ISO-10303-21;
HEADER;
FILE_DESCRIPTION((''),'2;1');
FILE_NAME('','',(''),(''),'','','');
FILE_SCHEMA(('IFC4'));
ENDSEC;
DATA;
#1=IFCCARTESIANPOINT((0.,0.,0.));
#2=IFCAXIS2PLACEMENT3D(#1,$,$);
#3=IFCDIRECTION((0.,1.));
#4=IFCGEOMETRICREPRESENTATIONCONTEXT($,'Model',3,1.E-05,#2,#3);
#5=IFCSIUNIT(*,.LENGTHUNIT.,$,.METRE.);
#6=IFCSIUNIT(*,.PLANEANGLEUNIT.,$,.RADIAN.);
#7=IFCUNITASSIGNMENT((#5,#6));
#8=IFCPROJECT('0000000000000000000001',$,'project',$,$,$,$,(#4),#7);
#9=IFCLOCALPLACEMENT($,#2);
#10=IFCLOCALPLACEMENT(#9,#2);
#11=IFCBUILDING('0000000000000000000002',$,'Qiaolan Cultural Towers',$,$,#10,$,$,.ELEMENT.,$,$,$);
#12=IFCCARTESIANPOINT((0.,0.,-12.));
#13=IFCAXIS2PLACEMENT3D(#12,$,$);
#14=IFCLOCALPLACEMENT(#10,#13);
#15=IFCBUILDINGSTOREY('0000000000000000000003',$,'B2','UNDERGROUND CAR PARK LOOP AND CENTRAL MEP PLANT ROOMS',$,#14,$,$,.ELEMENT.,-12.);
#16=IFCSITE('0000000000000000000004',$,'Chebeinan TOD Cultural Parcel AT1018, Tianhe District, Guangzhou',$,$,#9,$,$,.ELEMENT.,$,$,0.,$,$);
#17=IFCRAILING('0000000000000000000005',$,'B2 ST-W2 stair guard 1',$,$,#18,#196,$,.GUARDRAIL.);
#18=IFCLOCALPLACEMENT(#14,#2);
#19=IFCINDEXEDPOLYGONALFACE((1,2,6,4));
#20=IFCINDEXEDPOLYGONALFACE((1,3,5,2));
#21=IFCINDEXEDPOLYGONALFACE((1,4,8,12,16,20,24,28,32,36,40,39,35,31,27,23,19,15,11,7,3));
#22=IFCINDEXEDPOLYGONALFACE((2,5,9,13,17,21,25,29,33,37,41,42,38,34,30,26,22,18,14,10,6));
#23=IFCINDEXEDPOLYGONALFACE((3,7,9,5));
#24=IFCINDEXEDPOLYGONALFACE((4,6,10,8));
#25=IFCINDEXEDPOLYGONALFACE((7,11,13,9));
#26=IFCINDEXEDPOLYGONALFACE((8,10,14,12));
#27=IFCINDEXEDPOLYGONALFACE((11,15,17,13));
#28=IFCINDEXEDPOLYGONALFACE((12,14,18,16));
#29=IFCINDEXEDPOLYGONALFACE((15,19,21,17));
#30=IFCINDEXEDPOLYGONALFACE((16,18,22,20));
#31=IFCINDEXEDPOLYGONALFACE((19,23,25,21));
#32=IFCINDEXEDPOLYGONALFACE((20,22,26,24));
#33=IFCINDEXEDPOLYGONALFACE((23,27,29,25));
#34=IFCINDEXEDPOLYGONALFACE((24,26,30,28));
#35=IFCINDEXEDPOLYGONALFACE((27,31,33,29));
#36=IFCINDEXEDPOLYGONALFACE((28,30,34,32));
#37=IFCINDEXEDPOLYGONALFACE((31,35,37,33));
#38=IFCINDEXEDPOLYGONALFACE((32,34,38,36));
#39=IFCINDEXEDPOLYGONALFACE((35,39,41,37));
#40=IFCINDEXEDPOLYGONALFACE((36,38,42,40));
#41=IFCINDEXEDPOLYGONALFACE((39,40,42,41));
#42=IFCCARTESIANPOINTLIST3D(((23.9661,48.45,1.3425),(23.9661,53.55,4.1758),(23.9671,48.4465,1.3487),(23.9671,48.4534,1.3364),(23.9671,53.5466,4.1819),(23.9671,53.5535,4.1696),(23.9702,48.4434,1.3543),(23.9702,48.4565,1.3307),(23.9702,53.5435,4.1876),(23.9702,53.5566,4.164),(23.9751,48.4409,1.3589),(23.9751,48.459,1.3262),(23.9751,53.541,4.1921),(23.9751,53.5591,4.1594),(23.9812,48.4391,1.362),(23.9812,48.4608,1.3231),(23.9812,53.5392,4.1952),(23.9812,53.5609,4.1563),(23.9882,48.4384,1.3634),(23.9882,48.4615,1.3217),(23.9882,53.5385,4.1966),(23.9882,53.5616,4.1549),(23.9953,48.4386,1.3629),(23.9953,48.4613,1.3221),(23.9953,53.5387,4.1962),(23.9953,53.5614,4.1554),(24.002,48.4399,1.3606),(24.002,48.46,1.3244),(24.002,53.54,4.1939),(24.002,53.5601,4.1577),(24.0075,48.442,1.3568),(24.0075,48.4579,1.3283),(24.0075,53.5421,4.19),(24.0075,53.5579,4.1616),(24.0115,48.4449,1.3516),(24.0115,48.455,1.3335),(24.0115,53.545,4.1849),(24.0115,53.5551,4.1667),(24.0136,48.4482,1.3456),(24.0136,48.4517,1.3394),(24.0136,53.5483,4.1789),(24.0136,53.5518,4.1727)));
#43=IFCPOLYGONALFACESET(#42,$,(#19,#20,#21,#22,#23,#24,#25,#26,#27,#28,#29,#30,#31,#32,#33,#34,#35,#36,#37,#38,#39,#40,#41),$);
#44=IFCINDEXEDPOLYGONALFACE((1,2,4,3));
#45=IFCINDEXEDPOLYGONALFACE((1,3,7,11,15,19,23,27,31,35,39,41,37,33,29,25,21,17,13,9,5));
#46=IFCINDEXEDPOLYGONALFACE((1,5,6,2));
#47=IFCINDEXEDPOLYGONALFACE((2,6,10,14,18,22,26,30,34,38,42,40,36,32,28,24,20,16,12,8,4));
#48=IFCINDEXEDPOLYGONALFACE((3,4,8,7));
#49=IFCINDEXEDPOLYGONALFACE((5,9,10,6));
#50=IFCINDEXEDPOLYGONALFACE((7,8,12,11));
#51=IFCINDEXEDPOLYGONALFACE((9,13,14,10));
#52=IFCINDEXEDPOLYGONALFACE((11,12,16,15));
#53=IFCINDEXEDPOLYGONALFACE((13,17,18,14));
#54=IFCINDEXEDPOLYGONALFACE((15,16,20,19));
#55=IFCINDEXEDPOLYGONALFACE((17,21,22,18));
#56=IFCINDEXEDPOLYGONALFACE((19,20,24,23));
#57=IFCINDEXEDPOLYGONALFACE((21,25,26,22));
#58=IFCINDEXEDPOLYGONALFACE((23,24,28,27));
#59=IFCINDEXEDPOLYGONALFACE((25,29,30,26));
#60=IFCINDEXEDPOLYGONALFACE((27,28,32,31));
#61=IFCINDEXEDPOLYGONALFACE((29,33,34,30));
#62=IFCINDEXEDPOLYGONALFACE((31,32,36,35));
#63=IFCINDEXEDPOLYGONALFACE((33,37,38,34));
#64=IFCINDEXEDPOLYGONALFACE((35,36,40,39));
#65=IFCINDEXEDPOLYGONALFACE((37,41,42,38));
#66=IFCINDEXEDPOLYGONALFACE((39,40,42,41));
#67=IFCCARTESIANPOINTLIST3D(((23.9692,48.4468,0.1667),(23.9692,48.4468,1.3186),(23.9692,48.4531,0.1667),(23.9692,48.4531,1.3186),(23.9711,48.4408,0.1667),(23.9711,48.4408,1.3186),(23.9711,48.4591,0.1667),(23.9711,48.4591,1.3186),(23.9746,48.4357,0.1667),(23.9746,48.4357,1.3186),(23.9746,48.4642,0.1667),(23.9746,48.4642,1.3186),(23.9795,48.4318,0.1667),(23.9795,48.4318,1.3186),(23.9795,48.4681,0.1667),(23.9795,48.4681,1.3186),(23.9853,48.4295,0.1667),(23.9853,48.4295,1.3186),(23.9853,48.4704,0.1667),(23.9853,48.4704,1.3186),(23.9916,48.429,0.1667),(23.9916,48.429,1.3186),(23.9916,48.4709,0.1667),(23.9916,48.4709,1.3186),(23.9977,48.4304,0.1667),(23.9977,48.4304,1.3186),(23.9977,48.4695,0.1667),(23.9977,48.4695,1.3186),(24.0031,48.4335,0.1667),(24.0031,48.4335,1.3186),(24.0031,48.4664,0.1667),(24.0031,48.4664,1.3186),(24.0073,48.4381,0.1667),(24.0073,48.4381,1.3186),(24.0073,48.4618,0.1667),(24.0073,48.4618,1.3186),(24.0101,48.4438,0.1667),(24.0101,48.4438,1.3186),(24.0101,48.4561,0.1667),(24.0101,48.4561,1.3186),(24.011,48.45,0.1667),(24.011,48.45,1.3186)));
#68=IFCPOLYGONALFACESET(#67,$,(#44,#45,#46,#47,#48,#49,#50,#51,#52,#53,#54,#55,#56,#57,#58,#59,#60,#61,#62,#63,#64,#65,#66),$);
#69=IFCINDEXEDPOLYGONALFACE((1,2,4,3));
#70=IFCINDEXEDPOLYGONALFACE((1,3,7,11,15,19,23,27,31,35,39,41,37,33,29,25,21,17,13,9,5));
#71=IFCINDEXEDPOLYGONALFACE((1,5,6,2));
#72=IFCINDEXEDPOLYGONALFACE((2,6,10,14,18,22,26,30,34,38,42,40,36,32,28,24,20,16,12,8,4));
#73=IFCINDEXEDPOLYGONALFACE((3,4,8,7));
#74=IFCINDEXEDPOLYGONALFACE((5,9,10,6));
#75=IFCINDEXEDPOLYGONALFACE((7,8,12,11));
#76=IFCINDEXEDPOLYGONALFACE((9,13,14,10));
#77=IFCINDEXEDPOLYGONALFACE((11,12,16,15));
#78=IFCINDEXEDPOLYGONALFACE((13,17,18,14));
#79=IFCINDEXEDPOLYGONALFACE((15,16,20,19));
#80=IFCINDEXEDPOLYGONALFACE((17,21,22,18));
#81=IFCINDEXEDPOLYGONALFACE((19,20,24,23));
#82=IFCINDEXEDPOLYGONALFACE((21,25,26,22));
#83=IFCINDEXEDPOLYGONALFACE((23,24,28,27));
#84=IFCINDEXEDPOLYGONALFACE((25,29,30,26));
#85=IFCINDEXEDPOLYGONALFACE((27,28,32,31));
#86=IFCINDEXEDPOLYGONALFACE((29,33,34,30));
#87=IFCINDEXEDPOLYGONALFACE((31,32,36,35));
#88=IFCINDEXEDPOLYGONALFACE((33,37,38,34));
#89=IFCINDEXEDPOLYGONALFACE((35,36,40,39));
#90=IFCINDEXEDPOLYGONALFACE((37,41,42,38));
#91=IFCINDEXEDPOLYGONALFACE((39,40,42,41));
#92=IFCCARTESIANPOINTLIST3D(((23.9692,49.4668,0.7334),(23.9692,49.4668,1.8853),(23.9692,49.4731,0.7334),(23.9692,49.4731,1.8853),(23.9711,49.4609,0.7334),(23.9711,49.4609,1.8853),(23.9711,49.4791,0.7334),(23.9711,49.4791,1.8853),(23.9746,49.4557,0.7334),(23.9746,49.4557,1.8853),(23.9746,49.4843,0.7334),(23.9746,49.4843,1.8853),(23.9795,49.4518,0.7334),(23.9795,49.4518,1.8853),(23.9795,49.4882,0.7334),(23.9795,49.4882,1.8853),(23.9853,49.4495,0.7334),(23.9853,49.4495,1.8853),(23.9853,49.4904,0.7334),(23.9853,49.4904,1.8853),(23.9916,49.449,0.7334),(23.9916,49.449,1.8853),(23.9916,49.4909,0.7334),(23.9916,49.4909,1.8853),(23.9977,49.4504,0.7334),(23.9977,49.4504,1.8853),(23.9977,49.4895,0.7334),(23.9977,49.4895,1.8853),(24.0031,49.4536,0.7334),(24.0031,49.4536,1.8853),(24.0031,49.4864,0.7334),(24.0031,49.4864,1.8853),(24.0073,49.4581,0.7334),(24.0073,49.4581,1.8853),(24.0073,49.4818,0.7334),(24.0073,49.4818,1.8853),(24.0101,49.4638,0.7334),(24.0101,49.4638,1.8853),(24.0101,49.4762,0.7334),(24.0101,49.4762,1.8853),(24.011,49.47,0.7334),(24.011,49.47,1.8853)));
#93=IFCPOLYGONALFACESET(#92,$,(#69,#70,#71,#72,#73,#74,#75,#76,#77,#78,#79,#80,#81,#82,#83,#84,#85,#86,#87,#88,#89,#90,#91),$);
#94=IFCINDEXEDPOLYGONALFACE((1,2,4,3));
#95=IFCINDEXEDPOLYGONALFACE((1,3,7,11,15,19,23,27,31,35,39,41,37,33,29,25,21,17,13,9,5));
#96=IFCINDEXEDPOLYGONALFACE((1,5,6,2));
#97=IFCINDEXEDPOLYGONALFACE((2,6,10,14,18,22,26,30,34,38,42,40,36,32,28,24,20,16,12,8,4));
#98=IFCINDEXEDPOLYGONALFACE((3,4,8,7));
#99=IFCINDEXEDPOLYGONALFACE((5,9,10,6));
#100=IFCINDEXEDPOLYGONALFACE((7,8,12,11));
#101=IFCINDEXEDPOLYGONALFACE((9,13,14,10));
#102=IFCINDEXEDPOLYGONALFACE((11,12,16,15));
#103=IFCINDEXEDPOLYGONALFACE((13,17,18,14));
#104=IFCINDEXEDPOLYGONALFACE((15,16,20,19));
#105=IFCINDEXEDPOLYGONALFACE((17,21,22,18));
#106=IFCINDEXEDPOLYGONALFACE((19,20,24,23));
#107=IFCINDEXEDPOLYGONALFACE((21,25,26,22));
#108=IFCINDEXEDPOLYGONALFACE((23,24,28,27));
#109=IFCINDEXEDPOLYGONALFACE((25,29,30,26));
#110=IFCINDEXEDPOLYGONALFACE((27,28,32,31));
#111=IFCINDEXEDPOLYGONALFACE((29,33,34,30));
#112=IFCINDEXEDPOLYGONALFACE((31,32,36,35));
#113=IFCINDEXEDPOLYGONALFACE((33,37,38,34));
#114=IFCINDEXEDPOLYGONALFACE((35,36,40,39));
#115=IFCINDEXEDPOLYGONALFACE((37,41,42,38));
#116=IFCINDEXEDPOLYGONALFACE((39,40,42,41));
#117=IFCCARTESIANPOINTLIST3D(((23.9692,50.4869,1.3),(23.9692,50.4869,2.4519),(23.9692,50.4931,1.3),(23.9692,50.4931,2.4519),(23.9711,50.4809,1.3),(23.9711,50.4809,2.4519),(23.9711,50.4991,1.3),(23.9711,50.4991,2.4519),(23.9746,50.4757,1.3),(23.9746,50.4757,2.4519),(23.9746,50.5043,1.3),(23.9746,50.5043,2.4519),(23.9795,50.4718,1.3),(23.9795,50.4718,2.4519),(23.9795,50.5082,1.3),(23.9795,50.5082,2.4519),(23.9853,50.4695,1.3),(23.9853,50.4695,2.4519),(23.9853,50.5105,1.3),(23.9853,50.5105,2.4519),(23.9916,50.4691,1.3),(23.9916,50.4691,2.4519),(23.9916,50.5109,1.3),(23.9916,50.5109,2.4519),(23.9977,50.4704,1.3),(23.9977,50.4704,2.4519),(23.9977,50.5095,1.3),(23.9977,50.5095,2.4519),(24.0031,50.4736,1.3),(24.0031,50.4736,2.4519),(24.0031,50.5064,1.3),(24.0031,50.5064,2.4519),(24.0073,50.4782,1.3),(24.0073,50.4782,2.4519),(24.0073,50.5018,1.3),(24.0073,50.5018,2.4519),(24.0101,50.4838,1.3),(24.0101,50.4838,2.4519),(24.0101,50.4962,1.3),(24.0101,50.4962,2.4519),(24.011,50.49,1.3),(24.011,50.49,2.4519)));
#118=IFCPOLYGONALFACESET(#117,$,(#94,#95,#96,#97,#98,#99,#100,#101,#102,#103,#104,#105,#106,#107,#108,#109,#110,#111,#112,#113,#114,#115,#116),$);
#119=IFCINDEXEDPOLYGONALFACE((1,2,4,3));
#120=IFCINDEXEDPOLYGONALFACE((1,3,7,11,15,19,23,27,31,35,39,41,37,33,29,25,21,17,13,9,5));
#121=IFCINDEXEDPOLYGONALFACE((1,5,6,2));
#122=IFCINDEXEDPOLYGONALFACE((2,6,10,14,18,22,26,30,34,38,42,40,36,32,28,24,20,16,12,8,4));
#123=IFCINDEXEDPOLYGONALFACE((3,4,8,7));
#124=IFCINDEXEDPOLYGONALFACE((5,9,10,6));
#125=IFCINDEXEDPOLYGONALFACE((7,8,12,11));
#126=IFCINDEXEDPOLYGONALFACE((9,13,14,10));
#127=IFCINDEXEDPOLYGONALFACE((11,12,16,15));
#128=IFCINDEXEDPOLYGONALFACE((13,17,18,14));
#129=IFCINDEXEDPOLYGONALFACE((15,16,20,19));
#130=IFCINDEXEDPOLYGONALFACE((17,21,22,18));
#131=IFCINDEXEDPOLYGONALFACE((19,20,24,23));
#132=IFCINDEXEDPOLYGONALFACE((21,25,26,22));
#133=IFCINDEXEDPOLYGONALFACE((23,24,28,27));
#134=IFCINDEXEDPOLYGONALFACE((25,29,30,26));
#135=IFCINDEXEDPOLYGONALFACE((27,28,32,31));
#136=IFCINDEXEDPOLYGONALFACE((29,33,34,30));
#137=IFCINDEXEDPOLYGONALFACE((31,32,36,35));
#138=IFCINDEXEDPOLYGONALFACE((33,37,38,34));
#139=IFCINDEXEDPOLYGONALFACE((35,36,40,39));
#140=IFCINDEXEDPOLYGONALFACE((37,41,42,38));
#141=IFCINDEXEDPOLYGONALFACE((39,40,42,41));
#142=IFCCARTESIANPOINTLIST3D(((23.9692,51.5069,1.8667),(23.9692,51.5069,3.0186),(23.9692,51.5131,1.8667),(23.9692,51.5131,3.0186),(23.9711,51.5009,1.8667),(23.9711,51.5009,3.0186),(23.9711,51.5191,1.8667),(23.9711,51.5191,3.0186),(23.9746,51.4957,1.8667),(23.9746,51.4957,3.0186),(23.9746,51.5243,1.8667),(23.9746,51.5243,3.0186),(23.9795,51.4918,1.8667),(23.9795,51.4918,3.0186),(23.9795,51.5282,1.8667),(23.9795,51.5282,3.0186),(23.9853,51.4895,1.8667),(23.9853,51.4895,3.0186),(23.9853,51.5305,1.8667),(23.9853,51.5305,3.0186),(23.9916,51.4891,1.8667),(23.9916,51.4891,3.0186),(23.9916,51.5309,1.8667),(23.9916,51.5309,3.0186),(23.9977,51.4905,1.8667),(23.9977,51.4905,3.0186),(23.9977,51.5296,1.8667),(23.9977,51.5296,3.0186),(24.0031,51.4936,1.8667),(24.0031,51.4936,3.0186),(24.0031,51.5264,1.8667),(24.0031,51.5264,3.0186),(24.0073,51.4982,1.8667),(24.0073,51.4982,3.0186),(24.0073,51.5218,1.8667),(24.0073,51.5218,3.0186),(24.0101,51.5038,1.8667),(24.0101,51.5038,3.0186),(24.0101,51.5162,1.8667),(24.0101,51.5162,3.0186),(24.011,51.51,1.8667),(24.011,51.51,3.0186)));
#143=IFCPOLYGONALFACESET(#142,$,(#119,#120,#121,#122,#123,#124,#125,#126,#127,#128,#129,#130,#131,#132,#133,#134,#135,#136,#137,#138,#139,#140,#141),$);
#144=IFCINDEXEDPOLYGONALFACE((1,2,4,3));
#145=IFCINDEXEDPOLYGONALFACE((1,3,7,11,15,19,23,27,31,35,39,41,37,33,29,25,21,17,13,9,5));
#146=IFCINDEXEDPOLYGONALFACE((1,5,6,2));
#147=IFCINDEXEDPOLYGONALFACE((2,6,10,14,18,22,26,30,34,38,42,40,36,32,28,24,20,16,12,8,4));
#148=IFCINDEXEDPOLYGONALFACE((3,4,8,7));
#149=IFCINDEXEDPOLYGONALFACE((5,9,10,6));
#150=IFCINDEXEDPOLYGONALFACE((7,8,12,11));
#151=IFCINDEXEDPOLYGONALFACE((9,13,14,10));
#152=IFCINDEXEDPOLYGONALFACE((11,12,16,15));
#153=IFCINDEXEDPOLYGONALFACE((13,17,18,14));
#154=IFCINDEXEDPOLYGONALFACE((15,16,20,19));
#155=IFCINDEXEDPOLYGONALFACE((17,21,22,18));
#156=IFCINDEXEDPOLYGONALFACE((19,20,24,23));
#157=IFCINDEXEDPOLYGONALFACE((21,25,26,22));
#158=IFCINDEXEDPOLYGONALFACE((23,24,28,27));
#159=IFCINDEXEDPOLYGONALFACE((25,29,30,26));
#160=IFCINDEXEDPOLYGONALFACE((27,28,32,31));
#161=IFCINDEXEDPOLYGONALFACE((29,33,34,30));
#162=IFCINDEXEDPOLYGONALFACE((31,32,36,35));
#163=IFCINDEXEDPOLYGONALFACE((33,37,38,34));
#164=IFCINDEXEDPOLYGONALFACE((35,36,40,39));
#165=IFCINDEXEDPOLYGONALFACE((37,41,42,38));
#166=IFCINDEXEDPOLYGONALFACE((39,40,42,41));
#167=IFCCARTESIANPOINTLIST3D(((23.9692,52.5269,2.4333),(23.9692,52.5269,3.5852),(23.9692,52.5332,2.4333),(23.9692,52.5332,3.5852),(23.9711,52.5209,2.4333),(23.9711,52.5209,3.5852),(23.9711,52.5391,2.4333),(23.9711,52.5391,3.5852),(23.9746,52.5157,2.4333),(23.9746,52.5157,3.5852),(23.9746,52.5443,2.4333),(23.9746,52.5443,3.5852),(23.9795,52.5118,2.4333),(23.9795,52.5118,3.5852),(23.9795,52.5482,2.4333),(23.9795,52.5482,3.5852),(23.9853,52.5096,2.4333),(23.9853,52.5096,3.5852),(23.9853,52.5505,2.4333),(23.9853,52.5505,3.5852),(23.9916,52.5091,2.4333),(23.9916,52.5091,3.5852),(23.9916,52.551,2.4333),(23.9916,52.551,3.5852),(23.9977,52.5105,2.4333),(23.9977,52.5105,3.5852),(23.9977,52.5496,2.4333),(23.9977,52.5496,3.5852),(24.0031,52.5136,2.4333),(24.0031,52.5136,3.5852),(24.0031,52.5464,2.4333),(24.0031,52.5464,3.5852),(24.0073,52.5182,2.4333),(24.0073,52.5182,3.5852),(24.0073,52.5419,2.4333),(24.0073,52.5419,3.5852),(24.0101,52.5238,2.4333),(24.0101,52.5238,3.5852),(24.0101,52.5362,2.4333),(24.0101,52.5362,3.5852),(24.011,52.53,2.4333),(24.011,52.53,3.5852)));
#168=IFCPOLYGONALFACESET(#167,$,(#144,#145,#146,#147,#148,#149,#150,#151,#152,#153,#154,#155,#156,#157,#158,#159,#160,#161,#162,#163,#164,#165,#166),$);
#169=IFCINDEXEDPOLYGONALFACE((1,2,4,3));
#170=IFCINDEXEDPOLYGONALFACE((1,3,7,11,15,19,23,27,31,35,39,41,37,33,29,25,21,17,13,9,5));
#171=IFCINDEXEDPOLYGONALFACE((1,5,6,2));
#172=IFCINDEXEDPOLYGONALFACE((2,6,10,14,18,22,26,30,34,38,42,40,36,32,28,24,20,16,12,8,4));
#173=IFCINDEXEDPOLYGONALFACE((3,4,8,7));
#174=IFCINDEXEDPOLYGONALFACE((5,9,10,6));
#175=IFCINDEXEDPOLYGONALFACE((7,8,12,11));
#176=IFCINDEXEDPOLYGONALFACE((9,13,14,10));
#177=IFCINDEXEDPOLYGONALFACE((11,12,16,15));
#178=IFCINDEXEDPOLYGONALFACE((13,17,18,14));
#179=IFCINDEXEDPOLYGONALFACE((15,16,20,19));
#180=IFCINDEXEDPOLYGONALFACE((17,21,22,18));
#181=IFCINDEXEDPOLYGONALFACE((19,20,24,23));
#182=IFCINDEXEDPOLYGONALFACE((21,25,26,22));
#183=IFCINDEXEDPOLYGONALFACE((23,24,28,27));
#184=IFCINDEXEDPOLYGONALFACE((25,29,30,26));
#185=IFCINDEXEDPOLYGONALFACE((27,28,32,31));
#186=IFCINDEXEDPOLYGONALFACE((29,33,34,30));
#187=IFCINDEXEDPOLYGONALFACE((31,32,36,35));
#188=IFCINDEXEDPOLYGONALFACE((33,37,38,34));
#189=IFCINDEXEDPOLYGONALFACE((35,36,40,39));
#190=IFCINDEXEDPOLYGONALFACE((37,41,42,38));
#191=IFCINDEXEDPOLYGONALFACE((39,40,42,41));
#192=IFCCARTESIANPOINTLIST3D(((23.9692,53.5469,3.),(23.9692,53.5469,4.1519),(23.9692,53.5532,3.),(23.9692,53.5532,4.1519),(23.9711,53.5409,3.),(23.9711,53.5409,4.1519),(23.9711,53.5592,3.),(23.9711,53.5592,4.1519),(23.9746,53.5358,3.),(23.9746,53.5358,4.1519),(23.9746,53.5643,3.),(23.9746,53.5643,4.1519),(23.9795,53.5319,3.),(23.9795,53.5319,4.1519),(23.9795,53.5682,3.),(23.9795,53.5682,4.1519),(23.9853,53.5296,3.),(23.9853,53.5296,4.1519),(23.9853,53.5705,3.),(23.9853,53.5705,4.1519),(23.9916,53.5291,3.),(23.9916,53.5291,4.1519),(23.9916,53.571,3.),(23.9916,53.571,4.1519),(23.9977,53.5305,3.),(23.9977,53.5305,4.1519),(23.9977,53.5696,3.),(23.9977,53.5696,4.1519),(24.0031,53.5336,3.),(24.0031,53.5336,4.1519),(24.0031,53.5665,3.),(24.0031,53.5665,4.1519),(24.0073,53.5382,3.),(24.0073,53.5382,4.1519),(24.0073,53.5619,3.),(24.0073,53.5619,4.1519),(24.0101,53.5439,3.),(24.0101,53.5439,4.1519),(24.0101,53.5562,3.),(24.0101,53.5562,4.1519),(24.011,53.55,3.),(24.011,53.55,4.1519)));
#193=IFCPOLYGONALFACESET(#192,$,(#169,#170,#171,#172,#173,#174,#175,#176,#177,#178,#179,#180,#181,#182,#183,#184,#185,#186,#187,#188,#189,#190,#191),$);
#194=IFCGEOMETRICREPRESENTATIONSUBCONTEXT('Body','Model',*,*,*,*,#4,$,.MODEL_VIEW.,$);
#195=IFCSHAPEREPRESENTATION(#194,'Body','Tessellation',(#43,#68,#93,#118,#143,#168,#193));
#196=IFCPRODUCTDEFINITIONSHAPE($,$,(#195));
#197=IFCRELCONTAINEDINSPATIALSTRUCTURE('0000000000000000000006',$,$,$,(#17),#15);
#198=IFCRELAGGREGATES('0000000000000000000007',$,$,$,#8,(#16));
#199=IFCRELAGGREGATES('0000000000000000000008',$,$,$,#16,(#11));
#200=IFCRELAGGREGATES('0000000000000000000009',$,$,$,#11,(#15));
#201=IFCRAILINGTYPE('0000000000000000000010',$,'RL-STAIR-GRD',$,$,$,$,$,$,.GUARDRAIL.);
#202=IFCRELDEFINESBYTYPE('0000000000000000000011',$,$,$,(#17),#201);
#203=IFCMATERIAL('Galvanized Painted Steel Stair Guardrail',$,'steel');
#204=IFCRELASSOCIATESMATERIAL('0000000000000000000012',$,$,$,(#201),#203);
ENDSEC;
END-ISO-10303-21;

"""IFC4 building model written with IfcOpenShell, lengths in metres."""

from ifc_helpers import new_model, si_unit, direction, frame, origin, origin_2d, place, context, subcontext, project, spatial, circle, extrude, material, type_object, element, save


model = new_model("IFC4")

# Units and contexts
model_context = context("Model", 3, precision=1e-05, world=origin(), true_north=direction((0.0, 1.0)))
body_context = subcontext(model_context, "Body", "Model", "MODEL_VIEW")
ifc_project = project(units=[si_unit("LENGTHUNIT", "METRE"), si_unit("PLANEANGLEUNIT", "RADIAN")], contexts=[model_context])

# Site, building, storey
site_placement = place(None, origin())
site = spatial("IfcSite", under=ifc_project, at=site_placement, Name="Chebeinan TOD Cultural Parcel AT1018, Tianhe District, Guangzhou", CompositionType="ELEMENT", RefElevation=0.0)
building_placement = place(site_placement, origin())
building = spatial("IfcBuilding", under=site, at=building_placement, Name="Qiaolan Cultural Towers", CompositionType="ELEMENT")
storey_placement = place(building_placement, frame((0.0, 0.0, -12.0)))
storey = spatial("IfcBuildingStorey", under=building, at=storey_placement, Name="B2", Description="UNDERGROUND CAR PARK LOOP AND CENTRAL MEP PLANT ROOMS", CompositionType="ELEMENT", Elevation=-12.0)

# Railing
ifc_material_1 = material(Name="Galvanized Painted Steel Stair Guardrail", Category="steel")
railing_type_1 = type_object("IfcRailingType", Name="RL-STAIR-GRD", PredefinedType="GUARDRAIL", material=ifc_material_1)
railing_1_placement = place(storey_placement, frame((23.99, 48.45, 0.1667)))
element("IfcRailing", 1, at=railing_1_placement, inside=storey, type_object=railing_type_1, Name="B2 ST-W2 stair guard 1", PredefinedType="GUARDRAIL", context=body_context, shape_type="SweptSolid", body=[
    extrude(circle(Radius=0.0239, at=origin_2d()), frame((0.0, 0.0, 1.1758), z_axis=(0.0, 0.874167, 0.485625), x_axis=(-1.0, 0.0, 0.0)), (0.0, 0.0, 1.0), 5.8342),
    extrude(circle(Radius=0.021, at=origin_2d()), origin(), (0.0, 0.0, 1.0), 1.1519),
    extrude(circle(Radius=0.021, at=origin_2d()), frame((0.0, 1.02, 0.5667)), (0.0, 0.0, 1.0), 1.1519),
    extrude(circle(Radius=0.021, at=origin_2d()), frame((0.0, 2.04, 1.1333)), (0.0, 0.0, 1.0), 1.1519),
    extrude(circle(Radius=0.021, at=origin_2d()), frame((0.0, 3.0601, 1.7)), (0.0, 0.0, 1.0), 1.1519),
    extrude(circle(Radius=0.021, at=origin_2d()), frame((0.0, 4.0801, 2.2666)), (0.0, 0.0, 1.0), 1.1519),
    extrude(circle(Radius=0.021, at=origin_2d()), frame((0.0, 5.1001, 2.8333)), (0.0, 0.0, 1.0), 1.1519),
])

save(model, "model.ifc")
